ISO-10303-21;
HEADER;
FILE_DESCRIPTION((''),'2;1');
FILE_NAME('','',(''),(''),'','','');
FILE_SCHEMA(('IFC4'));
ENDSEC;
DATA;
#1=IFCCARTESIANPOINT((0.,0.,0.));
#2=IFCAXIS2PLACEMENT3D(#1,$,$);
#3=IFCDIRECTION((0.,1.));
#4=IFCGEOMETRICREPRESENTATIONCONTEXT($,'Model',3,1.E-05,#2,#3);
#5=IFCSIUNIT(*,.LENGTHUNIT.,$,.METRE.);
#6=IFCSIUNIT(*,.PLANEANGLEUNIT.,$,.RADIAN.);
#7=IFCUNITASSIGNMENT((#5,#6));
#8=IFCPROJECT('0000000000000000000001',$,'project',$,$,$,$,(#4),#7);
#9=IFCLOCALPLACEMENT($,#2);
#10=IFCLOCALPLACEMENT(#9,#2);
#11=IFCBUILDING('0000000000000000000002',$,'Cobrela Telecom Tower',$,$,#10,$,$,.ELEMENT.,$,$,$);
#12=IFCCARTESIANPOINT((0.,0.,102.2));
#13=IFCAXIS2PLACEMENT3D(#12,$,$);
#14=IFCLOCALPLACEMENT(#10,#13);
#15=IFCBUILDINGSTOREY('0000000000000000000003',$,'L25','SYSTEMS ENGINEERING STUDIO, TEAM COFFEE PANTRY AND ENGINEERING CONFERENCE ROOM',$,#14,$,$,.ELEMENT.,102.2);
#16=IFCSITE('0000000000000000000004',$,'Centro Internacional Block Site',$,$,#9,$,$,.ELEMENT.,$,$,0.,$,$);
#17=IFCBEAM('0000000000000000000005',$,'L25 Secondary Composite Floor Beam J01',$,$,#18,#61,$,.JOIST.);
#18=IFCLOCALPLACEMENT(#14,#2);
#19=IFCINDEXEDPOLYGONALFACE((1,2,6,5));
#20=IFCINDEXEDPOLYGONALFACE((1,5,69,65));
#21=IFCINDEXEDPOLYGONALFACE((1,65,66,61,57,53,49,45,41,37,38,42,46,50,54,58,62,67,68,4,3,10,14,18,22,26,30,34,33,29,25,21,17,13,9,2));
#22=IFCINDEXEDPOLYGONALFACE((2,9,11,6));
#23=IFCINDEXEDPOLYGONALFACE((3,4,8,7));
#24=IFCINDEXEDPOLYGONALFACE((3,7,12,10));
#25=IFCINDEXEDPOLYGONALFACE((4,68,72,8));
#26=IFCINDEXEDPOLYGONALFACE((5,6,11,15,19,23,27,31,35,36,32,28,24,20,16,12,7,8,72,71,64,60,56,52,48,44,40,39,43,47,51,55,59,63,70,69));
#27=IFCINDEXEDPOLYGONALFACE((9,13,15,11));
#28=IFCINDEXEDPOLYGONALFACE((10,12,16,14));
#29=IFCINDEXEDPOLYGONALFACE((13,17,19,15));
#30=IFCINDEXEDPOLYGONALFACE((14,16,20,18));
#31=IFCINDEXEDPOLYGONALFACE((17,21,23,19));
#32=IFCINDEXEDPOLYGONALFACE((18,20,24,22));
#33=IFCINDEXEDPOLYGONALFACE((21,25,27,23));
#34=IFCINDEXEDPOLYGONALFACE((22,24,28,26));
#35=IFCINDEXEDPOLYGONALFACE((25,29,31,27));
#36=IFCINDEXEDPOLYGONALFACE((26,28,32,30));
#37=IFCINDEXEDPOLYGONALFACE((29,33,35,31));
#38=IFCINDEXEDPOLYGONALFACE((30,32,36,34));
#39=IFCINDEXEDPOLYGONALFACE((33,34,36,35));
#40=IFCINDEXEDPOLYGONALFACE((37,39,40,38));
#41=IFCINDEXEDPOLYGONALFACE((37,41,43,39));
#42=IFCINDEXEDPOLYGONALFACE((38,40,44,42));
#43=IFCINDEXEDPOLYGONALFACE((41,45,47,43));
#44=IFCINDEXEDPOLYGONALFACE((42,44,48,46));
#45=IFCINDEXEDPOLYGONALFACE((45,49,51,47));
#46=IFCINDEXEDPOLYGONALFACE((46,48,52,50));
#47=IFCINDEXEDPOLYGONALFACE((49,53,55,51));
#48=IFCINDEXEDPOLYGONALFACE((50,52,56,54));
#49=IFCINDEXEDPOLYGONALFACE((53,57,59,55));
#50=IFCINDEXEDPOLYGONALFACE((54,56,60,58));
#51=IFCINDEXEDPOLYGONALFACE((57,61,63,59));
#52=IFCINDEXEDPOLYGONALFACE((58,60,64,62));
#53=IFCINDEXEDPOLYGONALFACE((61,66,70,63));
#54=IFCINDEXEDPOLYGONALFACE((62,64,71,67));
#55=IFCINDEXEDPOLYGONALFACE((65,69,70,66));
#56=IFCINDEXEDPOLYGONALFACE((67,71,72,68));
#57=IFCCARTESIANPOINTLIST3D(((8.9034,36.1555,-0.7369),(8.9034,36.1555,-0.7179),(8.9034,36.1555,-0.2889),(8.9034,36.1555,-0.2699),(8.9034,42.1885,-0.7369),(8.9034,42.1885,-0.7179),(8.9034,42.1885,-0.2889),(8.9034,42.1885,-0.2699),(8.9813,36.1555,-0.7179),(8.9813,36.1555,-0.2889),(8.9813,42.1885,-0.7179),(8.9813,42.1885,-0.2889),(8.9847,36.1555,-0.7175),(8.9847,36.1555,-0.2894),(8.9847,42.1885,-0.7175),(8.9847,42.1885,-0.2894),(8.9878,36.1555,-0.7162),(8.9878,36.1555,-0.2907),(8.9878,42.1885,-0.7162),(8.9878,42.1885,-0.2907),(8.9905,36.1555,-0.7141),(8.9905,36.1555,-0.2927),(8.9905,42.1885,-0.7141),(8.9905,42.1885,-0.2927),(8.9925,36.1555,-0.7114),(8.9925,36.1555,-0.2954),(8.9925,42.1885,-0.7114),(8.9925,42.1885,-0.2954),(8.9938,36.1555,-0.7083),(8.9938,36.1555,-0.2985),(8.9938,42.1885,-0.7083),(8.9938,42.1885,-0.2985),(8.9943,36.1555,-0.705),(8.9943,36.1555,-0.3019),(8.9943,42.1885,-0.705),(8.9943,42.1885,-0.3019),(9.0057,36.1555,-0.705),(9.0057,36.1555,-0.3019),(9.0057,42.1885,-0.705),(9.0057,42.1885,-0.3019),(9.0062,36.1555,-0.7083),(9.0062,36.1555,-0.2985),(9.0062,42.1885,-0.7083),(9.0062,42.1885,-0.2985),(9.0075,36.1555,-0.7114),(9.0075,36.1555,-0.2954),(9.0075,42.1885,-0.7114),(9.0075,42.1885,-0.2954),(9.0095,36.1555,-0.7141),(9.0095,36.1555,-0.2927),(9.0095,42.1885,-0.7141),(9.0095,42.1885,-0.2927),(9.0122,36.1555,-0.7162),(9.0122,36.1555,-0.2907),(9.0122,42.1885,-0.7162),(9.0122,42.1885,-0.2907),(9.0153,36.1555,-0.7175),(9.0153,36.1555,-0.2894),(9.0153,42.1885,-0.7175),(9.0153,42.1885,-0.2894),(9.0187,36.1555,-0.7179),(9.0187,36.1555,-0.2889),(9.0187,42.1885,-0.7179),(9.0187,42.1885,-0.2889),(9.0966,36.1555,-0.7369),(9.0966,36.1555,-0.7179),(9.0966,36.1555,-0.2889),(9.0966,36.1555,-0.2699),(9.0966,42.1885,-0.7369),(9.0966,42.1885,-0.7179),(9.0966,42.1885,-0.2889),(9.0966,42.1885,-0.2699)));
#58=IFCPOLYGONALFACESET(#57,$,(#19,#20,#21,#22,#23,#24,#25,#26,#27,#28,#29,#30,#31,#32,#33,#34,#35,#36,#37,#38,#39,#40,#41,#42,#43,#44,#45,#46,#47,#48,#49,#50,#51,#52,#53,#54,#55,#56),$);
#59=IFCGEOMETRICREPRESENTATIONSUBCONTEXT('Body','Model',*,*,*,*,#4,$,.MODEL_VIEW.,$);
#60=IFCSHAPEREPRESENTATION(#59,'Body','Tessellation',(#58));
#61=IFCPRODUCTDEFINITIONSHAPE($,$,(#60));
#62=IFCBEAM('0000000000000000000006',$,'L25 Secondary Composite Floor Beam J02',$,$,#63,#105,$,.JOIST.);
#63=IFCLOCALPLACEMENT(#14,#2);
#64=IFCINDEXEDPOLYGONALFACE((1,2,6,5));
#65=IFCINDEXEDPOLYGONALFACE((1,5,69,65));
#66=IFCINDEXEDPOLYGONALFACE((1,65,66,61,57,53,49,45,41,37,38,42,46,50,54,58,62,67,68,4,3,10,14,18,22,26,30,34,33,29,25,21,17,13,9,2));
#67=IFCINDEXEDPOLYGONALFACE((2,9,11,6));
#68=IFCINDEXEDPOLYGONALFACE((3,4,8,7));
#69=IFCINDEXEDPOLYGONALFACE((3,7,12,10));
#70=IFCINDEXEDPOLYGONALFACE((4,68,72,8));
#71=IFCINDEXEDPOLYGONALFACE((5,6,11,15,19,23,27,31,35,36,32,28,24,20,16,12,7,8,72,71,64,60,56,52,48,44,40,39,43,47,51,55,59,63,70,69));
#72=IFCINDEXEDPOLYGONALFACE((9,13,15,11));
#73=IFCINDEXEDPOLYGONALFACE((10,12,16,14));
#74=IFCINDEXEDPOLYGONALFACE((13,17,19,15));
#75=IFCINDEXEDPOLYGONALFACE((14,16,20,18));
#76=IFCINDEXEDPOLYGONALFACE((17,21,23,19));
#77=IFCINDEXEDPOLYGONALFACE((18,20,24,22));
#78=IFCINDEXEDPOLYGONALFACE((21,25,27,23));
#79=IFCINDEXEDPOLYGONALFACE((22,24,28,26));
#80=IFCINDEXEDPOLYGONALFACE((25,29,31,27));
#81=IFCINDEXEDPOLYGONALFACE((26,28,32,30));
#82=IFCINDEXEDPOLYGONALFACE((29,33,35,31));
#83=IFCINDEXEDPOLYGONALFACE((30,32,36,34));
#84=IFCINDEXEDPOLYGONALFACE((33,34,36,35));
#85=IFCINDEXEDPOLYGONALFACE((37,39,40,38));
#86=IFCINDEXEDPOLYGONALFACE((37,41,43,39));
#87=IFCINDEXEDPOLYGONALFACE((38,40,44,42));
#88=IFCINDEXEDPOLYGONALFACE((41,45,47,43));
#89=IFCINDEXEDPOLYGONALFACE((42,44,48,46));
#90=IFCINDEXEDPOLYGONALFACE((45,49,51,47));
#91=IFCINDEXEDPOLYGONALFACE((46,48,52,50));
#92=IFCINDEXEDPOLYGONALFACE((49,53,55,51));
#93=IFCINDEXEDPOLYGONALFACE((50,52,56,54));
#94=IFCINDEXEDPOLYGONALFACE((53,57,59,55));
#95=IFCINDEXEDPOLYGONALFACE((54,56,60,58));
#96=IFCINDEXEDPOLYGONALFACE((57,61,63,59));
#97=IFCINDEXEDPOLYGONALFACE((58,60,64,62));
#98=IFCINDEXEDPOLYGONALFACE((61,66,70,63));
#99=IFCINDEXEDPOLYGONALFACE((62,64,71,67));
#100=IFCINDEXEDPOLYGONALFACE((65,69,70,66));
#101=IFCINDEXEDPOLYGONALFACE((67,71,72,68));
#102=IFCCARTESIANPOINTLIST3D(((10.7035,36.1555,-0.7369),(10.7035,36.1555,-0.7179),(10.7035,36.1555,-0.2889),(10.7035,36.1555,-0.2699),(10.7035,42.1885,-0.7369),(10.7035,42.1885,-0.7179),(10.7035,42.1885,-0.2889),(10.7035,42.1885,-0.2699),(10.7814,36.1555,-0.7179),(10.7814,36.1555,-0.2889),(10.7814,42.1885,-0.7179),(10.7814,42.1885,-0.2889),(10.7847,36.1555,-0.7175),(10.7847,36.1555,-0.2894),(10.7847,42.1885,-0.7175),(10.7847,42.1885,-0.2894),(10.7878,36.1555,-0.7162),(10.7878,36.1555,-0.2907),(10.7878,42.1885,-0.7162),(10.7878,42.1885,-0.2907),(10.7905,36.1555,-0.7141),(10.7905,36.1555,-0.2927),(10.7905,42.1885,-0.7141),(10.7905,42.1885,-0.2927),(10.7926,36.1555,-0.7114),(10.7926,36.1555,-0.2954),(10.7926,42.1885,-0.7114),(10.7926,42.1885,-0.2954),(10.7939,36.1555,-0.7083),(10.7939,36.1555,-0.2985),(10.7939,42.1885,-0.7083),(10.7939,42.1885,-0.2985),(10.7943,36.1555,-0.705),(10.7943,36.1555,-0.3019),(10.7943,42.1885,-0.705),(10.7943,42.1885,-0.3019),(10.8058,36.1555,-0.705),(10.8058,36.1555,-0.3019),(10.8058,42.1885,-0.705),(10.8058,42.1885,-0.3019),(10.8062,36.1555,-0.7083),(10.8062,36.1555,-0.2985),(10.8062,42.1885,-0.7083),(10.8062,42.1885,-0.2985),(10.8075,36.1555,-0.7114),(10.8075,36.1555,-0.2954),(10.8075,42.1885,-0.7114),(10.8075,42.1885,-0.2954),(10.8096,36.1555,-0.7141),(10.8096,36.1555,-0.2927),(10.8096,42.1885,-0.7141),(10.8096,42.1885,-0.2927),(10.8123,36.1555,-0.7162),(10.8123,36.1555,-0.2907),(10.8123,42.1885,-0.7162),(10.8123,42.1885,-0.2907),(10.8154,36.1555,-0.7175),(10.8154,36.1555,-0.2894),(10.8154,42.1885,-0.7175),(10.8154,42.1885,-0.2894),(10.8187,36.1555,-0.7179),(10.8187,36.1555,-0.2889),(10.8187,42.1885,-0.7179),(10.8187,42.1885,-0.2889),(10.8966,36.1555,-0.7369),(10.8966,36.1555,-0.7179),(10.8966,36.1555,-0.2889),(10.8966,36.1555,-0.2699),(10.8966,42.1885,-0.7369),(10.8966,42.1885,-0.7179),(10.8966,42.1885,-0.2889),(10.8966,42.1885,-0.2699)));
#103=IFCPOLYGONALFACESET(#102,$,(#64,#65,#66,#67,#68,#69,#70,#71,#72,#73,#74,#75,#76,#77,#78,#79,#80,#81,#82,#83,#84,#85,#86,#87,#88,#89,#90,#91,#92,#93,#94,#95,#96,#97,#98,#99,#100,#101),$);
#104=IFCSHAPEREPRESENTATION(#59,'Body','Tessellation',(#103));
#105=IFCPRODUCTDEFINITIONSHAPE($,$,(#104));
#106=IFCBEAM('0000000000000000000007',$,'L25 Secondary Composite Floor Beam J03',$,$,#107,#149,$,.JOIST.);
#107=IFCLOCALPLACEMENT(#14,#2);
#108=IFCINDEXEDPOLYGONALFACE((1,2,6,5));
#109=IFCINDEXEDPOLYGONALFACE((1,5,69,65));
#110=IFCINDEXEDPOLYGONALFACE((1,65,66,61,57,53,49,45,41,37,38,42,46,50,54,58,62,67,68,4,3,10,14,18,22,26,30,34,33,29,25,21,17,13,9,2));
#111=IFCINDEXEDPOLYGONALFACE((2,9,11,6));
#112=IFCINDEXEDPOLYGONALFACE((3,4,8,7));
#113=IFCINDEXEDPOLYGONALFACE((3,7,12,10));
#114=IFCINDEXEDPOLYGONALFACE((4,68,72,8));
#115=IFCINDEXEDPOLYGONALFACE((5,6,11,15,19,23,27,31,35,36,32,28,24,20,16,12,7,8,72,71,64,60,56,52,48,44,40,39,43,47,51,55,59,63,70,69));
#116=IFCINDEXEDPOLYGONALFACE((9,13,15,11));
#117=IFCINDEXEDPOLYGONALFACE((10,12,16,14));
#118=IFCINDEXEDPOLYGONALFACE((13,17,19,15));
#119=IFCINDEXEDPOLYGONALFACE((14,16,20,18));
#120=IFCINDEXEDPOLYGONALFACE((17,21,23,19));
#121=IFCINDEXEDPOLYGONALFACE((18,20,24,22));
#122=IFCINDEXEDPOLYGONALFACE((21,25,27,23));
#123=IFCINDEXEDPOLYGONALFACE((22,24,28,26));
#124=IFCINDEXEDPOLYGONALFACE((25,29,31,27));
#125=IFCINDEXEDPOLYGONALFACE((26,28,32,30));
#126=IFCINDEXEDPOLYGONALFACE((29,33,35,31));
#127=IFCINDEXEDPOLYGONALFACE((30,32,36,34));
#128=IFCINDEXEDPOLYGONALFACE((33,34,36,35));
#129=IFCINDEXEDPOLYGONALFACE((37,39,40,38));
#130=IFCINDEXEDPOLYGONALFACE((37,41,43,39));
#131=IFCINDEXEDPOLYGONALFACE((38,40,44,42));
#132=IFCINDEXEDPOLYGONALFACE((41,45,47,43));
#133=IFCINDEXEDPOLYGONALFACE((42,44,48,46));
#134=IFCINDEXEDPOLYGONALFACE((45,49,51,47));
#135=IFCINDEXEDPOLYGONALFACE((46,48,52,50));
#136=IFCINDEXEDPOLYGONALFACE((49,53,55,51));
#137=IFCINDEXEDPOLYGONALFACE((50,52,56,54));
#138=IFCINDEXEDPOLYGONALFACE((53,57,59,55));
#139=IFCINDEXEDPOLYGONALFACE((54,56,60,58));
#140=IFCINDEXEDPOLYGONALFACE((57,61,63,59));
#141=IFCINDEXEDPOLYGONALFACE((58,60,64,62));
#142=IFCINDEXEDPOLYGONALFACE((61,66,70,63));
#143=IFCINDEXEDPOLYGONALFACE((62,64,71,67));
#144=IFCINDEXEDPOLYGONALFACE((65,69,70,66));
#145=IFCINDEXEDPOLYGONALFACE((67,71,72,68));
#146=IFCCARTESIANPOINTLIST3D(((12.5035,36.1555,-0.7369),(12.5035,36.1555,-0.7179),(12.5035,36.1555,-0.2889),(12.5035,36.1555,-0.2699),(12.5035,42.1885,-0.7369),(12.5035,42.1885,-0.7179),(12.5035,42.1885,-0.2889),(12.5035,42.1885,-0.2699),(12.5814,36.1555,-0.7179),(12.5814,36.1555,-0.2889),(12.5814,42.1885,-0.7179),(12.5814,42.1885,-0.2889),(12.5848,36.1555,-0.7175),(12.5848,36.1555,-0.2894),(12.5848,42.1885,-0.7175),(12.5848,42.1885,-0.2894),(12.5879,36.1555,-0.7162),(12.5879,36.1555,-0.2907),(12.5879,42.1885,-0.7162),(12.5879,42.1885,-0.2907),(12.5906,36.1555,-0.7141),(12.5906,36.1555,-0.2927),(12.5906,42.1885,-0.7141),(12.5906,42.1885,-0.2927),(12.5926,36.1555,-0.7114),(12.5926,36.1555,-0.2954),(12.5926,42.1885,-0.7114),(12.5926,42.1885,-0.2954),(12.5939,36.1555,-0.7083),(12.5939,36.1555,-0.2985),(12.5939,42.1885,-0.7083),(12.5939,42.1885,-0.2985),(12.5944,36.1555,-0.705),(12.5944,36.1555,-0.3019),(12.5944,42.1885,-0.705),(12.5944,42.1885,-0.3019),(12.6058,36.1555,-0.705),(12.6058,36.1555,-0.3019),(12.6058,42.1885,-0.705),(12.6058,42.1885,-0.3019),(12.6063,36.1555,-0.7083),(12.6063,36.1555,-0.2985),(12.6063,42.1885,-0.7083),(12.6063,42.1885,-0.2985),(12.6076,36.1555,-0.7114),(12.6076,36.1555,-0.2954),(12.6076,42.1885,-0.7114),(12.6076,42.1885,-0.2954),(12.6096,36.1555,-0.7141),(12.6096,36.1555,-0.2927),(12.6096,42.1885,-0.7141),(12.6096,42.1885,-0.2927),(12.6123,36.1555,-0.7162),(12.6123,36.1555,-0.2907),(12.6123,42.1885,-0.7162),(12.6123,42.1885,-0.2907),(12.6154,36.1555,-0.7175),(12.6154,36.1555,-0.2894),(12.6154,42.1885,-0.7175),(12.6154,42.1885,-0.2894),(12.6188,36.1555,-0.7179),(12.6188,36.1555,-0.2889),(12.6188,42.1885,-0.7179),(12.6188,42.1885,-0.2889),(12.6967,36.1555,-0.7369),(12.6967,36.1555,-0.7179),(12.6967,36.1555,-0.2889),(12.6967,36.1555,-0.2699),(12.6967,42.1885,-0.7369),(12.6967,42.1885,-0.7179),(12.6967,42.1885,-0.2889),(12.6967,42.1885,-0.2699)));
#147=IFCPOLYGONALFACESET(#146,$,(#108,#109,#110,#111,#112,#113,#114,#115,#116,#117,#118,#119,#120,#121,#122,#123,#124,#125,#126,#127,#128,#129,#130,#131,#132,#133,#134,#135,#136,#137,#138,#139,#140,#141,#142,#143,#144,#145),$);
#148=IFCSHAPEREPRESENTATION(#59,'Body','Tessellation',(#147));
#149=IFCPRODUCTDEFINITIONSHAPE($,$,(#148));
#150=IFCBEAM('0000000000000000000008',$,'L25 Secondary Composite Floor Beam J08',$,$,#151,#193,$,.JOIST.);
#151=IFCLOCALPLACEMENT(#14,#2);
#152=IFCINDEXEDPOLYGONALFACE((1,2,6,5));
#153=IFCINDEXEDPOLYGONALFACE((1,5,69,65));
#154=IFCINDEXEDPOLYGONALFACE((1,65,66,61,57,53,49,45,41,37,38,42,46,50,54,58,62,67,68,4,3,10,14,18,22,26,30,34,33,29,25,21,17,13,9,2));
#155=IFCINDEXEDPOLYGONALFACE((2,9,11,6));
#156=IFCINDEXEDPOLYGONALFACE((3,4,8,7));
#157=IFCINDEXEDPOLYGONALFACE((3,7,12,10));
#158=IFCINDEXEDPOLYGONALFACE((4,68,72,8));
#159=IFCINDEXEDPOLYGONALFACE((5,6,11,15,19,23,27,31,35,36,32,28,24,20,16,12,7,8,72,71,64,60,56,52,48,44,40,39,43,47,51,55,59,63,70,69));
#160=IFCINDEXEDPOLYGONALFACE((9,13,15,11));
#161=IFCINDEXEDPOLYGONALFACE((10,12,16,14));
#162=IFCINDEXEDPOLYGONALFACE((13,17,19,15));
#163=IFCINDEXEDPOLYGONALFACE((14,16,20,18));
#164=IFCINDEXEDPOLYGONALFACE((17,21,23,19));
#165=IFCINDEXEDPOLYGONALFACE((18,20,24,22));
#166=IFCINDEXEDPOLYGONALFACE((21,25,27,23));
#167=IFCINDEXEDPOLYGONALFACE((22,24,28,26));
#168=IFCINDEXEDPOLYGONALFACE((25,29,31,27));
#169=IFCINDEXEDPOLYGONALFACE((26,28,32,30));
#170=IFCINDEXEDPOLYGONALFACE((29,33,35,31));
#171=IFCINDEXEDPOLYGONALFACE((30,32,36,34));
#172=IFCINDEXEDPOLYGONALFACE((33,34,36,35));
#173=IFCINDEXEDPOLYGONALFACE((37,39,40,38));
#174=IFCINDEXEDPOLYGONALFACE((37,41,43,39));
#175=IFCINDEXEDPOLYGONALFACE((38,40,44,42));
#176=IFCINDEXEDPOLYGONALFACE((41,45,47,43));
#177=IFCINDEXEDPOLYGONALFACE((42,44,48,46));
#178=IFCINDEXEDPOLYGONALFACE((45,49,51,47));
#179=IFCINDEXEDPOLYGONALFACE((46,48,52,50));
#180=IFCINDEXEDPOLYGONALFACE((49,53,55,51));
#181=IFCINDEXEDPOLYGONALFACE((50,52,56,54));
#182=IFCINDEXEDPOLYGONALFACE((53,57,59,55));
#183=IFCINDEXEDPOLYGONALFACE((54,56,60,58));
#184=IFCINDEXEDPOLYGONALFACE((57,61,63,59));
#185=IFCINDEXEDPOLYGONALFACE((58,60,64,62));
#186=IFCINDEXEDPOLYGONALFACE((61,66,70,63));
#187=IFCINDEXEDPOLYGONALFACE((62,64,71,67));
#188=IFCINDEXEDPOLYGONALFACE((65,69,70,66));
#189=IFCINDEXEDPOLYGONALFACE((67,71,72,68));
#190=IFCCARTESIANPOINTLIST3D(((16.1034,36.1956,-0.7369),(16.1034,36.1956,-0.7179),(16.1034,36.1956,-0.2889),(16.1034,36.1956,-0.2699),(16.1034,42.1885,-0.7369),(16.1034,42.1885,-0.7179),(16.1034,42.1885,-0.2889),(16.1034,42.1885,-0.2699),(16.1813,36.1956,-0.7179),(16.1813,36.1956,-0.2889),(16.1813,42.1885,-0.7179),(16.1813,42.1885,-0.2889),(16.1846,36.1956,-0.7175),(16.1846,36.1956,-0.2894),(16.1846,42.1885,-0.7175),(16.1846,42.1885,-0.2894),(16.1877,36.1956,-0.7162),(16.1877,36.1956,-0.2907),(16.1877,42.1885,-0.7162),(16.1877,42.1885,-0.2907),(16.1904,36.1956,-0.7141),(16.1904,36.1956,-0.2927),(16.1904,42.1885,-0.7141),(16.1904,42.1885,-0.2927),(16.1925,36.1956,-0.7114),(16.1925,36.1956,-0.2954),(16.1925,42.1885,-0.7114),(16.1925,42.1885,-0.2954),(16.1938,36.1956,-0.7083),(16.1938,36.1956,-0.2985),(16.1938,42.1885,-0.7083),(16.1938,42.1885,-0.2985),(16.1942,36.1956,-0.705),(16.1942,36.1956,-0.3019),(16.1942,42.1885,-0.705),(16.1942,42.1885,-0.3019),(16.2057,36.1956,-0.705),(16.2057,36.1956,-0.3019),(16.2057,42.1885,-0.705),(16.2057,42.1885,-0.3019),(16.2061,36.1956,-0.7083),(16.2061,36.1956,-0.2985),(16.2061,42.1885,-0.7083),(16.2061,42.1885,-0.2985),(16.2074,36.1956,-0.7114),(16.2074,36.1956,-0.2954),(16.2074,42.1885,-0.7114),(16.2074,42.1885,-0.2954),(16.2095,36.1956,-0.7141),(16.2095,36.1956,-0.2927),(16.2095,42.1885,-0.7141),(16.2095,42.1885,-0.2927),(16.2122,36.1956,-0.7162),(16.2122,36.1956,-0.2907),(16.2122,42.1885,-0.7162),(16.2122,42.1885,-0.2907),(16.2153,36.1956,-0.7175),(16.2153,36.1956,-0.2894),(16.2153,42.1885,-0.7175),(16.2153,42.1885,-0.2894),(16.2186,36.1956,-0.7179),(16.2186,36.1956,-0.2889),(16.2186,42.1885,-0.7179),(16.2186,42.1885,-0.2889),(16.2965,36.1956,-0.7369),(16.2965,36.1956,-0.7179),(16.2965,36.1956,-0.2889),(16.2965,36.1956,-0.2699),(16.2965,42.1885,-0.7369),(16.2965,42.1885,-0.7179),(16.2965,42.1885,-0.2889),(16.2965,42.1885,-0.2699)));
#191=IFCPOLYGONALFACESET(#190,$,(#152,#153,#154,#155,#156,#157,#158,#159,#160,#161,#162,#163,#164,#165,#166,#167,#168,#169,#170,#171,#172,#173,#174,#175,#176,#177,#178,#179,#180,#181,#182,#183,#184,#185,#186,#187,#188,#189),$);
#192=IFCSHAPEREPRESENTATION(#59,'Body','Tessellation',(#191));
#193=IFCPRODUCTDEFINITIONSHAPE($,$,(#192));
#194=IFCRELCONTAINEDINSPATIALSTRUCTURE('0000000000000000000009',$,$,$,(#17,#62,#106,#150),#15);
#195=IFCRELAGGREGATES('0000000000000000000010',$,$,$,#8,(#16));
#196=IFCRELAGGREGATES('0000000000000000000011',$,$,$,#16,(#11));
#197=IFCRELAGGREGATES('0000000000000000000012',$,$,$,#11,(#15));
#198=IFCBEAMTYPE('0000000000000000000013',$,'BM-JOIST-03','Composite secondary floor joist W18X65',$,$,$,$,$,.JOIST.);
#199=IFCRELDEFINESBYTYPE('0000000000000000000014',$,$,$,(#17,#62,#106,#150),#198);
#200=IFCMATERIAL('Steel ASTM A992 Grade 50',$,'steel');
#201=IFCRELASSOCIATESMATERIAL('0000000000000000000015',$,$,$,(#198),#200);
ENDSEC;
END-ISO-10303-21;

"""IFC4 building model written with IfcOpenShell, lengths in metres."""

from ifc_helpers import new_model, si_unit, direction, frame, origin, origin_2d, place, context, subcontext, project, spatial, i_section, extrude, material, material_profile, profile_set, type_object, element, save


model = new_model("IFC4")

# Units and contexts
model_context = context("Model", 3, precision=1e-05, world=origin(), true_north=direction((0.0, 1.0)))
body_context = subcontext(model_context, "Body", "Model", "MODEL_VIEW")
ifc_project = project(units=[si_unit("LENGTHUNIT", "METRE"), si_unit("PLANEANGLEUNIT", "RADIAN")], contexts=[model_context])

# Site, building, storey
site_placement = place(None, origin())
site = spatial("IfcSite", under=ifc_project, at=site_placement, Name="Centro Internacional Block Site", CompositionType="ELEMENT", RefElevation=0.0)
building_placement = place(site_placement, origin())
building = spatial("IfcBuilding", under=site, at=building_placement, Name="Cobrela Telecom Tower", CompositionType="ELEMENT")
storey_placement = place(building_placement, frame((0.0, 0.0, 102.2)))
storey = spatial("IfcBuildingStorey", under=building, at=storey_placement, Name="L25", Description="SYSTEMS ENGINEERING STUDIO, TEAM COFFEE PANTRY AND ENGINEERING CONFERENCE ROOM", CompositionType="ELEMENT", Elevation=102.2)

# Beams
ifc_material_1 = material(Name="Steel ASTM A992 Grade 50", Category="steel")
ifc_material_profile_1 = material_profile(ifc_material_1, i_section(OverallWidth=0.1931, OverallDepth=0.467, WebThickness=0.0115, FlangeThickness=0.019, FilletRadius=0.0129, at=origin_2d()), Name="W18X65")
ifc_profile_set_1 = profile_set([ifc_material_profile_1], Name="Steel ASTM A992 Grade 50")
beam_type_1 = type_object("IfcBeamType", Name="BM-JOIST-03", Description="Composite secondary floor joist W18X65", PredefinedType="JOIST", material=ifc_profile_set_1)
for number, where, z_axis, x_axis, name in (
    (1, (9.0, 36.1555, -0.5034), (0.0, 1.0, 0.0), (-1.0, 0.0, 0.0), "L25 Secondary Composite Floor Beam J01"),
    (2, (10.8, 36.1555, -0.5034), (0.0, 1.0, 0.0), (-1.0, 0.0, 0.0), "L25 Secondary Composite Floor Beam J02"),
    (3, (12.6001, 36.1555, -0.5034), (0.0, 1.0, 0.0), (-1.0, 0.0, 0.0), "L25 Secondary Composite Floor Beam J03"),
):
    element("IfcBeam", number, at=place(storey_placement, frame(where, z_axis=z_axis, x_axis=x_axis)), inside=storey, type_object=beam_type_1, Name=name, PredefinedType="JOIST", context=body_context, shape_type="SweptSolid", body=[
        extrude(i_section(OverallWidth=0.1931, OverallDepth=0.467, WebThickness=0.0115, FlangeThickness=0.019, FilletRadius=0.0129, at=origin_2d()), origin(), (0.0, 0.0, 1.0), 6.033),
    ])
beam_1_placement = place(storey_placement, frame((16.2, 36.1956, -0.5034), z_axis=(0.0, 1.0, 0.0), x_axis=(-1.0, 0.0, 0.0)))
element("IfcBeam", 4, at=beam_1_placement, inside=storey, type_object=beam_type_1, Name="L25 Secondary Composite Floor Beam J08", PredefinedType="JOIST", context=body_context, shape_type="SweptSolid", body=[
    extrude(i_section(OverallWidth=0.1931, OverallDepth=0.467, WebThickness=0.0115, FlangeThickness=0.019, FilletRadius=0.0129, at=origin_2d()), origin(), (0.0, 0.0, 1.0), 5.9929),
])

save(model, "model.ifc")
